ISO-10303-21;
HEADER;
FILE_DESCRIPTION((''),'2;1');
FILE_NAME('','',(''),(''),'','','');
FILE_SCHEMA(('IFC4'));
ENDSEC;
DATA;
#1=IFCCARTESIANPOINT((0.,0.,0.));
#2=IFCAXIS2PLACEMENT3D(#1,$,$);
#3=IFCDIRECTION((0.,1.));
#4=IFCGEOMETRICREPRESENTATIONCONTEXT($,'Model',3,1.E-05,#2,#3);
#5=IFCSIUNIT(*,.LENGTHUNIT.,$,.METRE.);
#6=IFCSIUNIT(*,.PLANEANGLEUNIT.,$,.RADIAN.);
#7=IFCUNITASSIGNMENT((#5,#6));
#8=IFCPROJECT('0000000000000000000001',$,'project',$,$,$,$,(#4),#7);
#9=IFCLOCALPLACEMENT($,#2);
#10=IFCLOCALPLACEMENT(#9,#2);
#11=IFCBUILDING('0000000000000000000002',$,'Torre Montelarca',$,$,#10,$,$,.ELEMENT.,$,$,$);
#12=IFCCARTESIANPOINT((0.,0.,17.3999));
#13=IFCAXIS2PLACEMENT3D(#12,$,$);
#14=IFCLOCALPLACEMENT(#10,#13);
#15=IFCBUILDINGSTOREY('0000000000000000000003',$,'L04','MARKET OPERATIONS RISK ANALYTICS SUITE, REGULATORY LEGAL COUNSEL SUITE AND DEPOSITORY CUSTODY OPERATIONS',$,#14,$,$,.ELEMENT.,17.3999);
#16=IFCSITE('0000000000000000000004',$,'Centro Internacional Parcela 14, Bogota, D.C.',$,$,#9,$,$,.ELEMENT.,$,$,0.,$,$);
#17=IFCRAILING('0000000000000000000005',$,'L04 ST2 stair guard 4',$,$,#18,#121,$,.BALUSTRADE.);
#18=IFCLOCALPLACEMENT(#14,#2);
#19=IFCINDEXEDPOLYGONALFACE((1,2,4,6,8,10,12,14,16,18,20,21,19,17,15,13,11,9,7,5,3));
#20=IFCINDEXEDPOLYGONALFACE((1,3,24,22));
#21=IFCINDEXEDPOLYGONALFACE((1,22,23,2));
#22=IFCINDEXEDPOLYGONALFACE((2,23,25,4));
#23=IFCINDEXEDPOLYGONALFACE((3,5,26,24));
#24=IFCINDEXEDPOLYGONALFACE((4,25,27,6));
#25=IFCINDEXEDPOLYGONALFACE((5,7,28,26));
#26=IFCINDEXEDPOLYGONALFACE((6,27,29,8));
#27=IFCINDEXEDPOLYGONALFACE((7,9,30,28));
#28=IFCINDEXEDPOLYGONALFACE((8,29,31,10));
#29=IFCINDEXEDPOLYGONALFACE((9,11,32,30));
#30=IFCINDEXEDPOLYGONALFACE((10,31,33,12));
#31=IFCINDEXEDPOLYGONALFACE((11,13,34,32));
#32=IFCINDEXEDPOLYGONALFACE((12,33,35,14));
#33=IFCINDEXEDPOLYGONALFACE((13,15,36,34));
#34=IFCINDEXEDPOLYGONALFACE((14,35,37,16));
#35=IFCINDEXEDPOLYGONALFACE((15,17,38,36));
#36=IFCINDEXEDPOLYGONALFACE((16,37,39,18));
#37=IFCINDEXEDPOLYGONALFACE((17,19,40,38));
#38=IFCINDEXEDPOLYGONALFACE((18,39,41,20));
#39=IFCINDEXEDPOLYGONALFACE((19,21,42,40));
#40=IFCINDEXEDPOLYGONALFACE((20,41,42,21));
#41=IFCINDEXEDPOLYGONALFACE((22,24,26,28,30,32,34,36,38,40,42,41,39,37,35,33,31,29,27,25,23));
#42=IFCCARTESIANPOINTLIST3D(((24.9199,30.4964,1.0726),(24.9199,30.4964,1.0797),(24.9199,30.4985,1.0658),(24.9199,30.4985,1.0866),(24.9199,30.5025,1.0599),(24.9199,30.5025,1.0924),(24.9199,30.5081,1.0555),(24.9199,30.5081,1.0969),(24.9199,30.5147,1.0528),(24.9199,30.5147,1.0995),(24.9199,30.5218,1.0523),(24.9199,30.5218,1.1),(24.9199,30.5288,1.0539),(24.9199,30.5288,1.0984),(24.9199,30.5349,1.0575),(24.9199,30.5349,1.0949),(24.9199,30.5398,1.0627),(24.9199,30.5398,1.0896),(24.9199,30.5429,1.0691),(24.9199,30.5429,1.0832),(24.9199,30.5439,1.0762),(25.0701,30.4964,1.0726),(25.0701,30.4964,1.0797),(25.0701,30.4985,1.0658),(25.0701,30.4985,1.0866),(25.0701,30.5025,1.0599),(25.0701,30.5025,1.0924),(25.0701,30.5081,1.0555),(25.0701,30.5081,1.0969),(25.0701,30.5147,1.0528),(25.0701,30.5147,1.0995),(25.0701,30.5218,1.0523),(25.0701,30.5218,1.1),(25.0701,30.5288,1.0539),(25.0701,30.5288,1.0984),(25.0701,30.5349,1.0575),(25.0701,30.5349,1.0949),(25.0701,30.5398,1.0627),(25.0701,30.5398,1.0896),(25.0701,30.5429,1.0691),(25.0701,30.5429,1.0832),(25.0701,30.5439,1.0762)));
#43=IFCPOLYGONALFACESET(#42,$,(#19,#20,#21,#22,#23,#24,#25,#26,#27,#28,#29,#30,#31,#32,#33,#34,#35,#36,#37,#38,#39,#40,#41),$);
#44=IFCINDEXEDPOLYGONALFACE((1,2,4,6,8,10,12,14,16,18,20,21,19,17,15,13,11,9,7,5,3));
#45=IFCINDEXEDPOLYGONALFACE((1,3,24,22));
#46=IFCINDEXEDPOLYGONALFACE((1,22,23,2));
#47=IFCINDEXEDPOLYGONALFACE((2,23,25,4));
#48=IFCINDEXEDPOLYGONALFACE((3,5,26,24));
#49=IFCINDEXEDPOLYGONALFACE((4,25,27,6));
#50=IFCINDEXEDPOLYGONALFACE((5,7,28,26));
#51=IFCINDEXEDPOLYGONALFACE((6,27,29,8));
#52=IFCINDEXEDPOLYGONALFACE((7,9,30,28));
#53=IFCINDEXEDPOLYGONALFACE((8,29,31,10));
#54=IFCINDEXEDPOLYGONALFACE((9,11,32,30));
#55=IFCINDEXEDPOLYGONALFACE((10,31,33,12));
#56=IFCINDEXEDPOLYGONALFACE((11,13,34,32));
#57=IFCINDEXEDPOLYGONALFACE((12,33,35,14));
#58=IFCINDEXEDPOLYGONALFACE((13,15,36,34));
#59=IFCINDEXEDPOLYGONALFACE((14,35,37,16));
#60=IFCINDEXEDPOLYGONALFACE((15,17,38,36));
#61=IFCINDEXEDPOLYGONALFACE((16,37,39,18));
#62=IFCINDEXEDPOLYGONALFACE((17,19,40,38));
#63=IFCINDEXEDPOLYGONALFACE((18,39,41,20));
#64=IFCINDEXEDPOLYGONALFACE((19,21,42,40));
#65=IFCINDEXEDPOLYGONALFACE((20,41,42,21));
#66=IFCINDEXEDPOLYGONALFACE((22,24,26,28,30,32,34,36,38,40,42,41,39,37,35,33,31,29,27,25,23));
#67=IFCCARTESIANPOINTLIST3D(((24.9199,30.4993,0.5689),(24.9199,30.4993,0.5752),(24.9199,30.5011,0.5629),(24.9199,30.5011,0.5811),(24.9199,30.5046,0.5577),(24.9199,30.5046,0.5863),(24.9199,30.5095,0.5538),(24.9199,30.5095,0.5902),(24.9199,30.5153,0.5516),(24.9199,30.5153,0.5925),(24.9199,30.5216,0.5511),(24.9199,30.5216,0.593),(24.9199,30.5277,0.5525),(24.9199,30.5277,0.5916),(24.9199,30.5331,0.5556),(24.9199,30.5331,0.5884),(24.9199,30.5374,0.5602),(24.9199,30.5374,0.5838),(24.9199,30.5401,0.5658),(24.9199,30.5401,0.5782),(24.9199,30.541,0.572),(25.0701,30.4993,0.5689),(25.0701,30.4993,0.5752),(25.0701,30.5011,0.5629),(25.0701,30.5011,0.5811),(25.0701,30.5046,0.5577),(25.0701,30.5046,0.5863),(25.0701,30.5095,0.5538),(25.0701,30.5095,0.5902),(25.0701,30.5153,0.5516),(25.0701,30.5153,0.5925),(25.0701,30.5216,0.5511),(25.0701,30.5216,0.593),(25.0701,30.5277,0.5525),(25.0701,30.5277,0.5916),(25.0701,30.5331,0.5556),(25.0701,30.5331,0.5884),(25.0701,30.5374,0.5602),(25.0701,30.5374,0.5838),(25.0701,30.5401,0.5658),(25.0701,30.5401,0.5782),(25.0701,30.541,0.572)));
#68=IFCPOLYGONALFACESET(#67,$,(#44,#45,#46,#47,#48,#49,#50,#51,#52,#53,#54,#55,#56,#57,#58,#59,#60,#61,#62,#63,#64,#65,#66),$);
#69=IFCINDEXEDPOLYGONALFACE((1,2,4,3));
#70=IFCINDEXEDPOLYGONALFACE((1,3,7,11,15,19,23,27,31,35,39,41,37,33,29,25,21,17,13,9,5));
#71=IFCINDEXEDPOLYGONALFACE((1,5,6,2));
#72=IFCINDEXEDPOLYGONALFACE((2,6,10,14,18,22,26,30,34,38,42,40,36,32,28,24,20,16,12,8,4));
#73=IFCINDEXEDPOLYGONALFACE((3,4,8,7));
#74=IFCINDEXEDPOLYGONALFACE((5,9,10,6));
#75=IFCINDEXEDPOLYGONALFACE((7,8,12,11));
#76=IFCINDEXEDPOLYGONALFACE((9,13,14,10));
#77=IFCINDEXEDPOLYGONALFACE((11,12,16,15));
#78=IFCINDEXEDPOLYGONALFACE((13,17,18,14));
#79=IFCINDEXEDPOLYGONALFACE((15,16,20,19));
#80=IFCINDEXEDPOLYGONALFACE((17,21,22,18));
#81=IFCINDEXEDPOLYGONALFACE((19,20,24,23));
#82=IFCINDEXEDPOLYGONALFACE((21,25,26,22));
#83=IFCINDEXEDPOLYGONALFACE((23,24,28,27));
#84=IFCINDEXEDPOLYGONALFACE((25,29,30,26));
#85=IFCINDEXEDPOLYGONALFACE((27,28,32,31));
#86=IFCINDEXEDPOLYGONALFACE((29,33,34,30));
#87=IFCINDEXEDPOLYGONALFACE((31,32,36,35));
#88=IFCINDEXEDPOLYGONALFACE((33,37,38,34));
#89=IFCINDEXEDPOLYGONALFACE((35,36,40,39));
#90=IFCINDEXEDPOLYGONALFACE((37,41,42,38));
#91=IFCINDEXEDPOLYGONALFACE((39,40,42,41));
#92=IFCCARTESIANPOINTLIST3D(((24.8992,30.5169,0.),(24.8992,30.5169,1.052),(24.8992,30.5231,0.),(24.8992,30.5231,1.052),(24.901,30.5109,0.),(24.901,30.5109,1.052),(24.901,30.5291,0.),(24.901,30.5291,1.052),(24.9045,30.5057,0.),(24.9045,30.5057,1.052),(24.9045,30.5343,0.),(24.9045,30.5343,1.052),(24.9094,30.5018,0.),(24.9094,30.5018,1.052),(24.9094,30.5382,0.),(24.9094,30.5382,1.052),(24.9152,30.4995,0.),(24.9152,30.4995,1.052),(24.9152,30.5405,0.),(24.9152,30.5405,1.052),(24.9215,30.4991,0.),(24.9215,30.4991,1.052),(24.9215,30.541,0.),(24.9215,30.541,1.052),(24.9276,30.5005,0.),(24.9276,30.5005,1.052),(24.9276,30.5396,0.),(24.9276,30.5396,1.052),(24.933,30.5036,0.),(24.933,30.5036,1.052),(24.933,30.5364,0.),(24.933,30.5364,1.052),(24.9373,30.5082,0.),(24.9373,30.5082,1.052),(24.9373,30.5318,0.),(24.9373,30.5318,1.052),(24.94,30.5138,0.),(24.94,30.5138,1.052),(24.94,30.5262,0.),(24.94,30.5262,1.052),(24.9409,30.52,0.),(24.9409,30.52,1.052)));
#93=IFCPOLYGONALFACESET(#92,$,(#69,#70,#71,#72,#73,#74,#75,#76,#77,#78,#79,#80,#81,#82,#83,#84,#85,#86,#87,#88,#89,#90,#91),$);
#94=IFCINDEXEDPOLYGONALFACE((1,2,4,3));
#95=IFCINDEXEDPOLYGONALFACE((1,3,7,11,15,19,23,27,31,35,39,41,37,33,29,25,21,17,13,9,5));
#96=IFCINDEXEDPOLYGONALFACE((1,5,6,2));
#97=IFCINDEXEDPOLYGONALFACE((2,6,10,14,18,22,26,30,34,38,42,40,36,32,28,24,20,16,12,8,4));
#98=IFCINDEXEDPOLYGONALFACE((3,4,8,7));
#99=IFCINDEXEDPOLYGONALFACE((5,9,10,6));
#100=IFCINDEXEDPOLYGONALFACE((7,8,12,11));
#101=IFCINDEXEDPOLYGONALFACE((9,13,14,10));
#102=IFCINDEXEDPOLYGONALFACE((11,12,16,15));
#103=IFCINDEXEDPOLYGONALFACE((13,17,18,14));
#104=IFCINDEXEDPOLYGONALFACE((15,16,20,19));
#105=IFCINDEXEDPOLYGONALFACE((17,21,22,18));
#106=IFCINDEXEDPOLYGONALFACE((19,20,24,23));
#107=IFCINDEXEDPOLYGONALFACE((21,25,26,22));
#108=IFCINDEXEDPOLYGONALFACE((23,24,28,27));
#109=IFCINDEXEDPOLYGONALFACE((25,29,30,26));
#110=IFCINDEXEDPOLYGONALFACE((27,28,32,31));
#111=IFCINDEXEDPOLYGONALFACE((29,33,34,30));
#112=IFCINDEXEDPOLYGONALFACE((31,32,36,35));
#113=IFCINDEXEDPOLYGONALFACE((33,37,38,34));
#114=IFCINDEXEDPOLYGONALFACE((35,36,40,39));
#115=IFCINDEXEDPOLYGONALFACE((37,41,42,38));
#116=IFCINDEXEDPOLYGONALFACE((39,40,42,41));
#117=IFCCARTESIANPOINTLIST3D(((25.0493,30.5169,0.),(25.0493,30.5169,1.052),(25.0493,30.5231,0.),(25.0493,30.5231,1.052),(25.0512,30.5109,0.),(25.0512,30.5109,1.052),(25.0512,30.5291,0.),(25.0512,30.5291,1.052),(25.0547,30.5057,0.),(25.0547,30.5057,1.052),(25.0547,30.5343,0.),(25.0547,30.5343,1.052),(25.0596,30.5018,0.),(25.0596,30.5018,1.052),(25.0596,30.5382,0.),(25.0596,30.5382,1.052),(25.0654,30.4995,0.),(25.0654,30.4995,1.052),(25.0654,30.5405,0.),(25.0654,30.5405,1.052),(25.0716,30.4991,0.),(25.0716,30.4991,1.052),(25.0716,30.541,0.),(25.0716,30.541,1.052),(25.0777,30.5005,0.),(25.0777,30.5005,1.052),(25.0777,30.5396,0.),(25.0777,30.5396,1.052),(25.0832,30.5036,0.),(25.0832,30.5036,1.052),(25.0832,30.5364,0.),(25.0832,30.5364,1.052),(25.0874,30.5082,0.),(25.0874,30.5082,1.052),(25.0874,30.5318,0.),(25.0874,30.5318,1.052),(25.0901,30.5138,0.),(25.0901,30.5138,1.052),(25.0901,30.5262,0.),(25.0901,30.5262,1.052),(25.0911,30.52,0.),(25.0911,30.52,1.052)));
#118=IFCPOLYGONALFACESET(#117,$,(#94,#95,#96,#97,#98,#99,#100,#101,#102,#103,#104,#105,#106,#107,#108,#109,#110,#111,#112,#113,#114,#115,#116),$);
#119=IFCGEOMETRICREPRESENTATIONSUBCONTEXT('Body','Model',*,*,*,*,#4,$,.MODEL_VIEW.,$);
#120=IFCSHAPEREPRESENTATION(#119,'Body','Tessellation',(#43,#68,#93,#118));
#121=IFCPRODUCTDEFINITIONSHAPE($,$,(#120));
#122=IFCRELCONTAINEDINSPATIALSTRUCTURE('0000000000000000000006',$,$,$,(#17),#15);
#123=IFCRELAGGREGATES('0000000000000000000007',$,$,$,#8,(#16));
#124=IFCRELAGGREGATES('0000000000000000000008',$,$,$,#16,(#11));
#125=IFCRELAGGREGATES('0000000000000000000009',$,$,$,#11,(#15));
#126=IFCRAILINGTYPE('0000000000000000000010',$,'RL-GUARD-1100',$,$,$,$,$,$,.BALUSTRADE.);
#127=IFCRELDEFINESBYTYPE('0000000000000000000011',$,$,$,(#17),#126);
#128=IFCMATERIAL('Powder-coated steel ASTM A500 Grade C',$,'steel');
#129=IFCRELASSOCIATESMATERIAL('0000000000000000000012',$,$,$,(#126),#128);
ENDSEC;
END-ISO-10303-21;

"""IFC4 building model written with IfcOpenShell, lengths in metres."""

from ifc_helpers import new_model, si_unit, direction, frame, origin, origin_2d, place, context, subcontext, project, spatial, circle, extrude, material, type_object, element, save


model = new_model("IFC4")

# Units and contexts
model_context = context("Model", 3, precision=1e-05, world=origin(), true_north=direction((0.0, 1.0)))
body_context = subcontext(model_context, "Body", "Model", "MODEL_VIEW")
ifc_project = project(units=[si_unit("LENGTHUNIT", "METRE"), si_unit("PLANEANGLEUNIT", "RADIAN")], contexts=[model_context])

# Site, building, storey
site_placement = place(None, origin())
site = spatial("IfcSite", under=ifc_project, at=site_placement, Name="Centro Internacional Parcela 14, Bogota, D.C.", CompositionType="ELEMENT", RefElevation=0.0)
building_placement = place(site_placement, origin())
building = spatial("IfcBuilding", under=site, at=building_placement, Name="Torre Montelarca", CompositionType="ELEMENT")
storey_placement = place(building_placement, frame((0.0, 0.0, 17.3999)))
storey = spatial("IfcBuildingStorey", under=building, at=storey_placement, Name="L04", Description="MARKET OPERATIONS RISK ANALYTICS SUITE, REGULATORY LEGAL COUNSEL SUITE AND DEPOSITORY CUSTODY OPERATIONS", CompositionType="ELEMENT", Elevation=17.3999)

# Railing
ifc_material_1 = material(Name="Powder-coated steel ASTM A500 Grade C", Category="steel")
railing_type_1 = type_object("IfcRailingType", Name="RL-GUARD-1100", PredefinedType="BALUSTRADE", material=ifc_material_1)
railing_1_placement = place(storey_placement, frame((24.9199, 30.52, 0.0)))
element("IfcRailing", 1, at=railing_1_placement, inside=storey, type_object=railing_type_1, Name="L04 ST2 stair guard 4", PredefinedType="BALUSTRADE", context=body_context, shape_type="SweptSolid", body=[
    extrude(circle(Radius=0.0239, at=origin_2d()), frame((0.0, 0.0, 1.0762), z_axis=(1.0, 0.0, 0.0), x_axis=(0.0, 1.0, 0.0)), (0.0, 0.0, 1.0), 0.1501),
    extrude(circle(Radius=0.021, at=origin_2d()), frame((0.0, 0.0, 0.572), z_axis=(1.0, 0.0, 0.0), x_axis=(0.0, 1.0, 0.0)), (0.0, 0.0, 1.0), 0.1501),
    extrude(circle(Radius=0.021, at=origin_2d()), origin(), (0.0, 0.0, 1.0), 1.052),
    extrude(circle(Radius=0.021, at=origin_2d()), frame((0.1501, 0.0, 0.0)), (0.0, 0.0, 1.0), 1.052),
])

save(model, "model.ifc")
